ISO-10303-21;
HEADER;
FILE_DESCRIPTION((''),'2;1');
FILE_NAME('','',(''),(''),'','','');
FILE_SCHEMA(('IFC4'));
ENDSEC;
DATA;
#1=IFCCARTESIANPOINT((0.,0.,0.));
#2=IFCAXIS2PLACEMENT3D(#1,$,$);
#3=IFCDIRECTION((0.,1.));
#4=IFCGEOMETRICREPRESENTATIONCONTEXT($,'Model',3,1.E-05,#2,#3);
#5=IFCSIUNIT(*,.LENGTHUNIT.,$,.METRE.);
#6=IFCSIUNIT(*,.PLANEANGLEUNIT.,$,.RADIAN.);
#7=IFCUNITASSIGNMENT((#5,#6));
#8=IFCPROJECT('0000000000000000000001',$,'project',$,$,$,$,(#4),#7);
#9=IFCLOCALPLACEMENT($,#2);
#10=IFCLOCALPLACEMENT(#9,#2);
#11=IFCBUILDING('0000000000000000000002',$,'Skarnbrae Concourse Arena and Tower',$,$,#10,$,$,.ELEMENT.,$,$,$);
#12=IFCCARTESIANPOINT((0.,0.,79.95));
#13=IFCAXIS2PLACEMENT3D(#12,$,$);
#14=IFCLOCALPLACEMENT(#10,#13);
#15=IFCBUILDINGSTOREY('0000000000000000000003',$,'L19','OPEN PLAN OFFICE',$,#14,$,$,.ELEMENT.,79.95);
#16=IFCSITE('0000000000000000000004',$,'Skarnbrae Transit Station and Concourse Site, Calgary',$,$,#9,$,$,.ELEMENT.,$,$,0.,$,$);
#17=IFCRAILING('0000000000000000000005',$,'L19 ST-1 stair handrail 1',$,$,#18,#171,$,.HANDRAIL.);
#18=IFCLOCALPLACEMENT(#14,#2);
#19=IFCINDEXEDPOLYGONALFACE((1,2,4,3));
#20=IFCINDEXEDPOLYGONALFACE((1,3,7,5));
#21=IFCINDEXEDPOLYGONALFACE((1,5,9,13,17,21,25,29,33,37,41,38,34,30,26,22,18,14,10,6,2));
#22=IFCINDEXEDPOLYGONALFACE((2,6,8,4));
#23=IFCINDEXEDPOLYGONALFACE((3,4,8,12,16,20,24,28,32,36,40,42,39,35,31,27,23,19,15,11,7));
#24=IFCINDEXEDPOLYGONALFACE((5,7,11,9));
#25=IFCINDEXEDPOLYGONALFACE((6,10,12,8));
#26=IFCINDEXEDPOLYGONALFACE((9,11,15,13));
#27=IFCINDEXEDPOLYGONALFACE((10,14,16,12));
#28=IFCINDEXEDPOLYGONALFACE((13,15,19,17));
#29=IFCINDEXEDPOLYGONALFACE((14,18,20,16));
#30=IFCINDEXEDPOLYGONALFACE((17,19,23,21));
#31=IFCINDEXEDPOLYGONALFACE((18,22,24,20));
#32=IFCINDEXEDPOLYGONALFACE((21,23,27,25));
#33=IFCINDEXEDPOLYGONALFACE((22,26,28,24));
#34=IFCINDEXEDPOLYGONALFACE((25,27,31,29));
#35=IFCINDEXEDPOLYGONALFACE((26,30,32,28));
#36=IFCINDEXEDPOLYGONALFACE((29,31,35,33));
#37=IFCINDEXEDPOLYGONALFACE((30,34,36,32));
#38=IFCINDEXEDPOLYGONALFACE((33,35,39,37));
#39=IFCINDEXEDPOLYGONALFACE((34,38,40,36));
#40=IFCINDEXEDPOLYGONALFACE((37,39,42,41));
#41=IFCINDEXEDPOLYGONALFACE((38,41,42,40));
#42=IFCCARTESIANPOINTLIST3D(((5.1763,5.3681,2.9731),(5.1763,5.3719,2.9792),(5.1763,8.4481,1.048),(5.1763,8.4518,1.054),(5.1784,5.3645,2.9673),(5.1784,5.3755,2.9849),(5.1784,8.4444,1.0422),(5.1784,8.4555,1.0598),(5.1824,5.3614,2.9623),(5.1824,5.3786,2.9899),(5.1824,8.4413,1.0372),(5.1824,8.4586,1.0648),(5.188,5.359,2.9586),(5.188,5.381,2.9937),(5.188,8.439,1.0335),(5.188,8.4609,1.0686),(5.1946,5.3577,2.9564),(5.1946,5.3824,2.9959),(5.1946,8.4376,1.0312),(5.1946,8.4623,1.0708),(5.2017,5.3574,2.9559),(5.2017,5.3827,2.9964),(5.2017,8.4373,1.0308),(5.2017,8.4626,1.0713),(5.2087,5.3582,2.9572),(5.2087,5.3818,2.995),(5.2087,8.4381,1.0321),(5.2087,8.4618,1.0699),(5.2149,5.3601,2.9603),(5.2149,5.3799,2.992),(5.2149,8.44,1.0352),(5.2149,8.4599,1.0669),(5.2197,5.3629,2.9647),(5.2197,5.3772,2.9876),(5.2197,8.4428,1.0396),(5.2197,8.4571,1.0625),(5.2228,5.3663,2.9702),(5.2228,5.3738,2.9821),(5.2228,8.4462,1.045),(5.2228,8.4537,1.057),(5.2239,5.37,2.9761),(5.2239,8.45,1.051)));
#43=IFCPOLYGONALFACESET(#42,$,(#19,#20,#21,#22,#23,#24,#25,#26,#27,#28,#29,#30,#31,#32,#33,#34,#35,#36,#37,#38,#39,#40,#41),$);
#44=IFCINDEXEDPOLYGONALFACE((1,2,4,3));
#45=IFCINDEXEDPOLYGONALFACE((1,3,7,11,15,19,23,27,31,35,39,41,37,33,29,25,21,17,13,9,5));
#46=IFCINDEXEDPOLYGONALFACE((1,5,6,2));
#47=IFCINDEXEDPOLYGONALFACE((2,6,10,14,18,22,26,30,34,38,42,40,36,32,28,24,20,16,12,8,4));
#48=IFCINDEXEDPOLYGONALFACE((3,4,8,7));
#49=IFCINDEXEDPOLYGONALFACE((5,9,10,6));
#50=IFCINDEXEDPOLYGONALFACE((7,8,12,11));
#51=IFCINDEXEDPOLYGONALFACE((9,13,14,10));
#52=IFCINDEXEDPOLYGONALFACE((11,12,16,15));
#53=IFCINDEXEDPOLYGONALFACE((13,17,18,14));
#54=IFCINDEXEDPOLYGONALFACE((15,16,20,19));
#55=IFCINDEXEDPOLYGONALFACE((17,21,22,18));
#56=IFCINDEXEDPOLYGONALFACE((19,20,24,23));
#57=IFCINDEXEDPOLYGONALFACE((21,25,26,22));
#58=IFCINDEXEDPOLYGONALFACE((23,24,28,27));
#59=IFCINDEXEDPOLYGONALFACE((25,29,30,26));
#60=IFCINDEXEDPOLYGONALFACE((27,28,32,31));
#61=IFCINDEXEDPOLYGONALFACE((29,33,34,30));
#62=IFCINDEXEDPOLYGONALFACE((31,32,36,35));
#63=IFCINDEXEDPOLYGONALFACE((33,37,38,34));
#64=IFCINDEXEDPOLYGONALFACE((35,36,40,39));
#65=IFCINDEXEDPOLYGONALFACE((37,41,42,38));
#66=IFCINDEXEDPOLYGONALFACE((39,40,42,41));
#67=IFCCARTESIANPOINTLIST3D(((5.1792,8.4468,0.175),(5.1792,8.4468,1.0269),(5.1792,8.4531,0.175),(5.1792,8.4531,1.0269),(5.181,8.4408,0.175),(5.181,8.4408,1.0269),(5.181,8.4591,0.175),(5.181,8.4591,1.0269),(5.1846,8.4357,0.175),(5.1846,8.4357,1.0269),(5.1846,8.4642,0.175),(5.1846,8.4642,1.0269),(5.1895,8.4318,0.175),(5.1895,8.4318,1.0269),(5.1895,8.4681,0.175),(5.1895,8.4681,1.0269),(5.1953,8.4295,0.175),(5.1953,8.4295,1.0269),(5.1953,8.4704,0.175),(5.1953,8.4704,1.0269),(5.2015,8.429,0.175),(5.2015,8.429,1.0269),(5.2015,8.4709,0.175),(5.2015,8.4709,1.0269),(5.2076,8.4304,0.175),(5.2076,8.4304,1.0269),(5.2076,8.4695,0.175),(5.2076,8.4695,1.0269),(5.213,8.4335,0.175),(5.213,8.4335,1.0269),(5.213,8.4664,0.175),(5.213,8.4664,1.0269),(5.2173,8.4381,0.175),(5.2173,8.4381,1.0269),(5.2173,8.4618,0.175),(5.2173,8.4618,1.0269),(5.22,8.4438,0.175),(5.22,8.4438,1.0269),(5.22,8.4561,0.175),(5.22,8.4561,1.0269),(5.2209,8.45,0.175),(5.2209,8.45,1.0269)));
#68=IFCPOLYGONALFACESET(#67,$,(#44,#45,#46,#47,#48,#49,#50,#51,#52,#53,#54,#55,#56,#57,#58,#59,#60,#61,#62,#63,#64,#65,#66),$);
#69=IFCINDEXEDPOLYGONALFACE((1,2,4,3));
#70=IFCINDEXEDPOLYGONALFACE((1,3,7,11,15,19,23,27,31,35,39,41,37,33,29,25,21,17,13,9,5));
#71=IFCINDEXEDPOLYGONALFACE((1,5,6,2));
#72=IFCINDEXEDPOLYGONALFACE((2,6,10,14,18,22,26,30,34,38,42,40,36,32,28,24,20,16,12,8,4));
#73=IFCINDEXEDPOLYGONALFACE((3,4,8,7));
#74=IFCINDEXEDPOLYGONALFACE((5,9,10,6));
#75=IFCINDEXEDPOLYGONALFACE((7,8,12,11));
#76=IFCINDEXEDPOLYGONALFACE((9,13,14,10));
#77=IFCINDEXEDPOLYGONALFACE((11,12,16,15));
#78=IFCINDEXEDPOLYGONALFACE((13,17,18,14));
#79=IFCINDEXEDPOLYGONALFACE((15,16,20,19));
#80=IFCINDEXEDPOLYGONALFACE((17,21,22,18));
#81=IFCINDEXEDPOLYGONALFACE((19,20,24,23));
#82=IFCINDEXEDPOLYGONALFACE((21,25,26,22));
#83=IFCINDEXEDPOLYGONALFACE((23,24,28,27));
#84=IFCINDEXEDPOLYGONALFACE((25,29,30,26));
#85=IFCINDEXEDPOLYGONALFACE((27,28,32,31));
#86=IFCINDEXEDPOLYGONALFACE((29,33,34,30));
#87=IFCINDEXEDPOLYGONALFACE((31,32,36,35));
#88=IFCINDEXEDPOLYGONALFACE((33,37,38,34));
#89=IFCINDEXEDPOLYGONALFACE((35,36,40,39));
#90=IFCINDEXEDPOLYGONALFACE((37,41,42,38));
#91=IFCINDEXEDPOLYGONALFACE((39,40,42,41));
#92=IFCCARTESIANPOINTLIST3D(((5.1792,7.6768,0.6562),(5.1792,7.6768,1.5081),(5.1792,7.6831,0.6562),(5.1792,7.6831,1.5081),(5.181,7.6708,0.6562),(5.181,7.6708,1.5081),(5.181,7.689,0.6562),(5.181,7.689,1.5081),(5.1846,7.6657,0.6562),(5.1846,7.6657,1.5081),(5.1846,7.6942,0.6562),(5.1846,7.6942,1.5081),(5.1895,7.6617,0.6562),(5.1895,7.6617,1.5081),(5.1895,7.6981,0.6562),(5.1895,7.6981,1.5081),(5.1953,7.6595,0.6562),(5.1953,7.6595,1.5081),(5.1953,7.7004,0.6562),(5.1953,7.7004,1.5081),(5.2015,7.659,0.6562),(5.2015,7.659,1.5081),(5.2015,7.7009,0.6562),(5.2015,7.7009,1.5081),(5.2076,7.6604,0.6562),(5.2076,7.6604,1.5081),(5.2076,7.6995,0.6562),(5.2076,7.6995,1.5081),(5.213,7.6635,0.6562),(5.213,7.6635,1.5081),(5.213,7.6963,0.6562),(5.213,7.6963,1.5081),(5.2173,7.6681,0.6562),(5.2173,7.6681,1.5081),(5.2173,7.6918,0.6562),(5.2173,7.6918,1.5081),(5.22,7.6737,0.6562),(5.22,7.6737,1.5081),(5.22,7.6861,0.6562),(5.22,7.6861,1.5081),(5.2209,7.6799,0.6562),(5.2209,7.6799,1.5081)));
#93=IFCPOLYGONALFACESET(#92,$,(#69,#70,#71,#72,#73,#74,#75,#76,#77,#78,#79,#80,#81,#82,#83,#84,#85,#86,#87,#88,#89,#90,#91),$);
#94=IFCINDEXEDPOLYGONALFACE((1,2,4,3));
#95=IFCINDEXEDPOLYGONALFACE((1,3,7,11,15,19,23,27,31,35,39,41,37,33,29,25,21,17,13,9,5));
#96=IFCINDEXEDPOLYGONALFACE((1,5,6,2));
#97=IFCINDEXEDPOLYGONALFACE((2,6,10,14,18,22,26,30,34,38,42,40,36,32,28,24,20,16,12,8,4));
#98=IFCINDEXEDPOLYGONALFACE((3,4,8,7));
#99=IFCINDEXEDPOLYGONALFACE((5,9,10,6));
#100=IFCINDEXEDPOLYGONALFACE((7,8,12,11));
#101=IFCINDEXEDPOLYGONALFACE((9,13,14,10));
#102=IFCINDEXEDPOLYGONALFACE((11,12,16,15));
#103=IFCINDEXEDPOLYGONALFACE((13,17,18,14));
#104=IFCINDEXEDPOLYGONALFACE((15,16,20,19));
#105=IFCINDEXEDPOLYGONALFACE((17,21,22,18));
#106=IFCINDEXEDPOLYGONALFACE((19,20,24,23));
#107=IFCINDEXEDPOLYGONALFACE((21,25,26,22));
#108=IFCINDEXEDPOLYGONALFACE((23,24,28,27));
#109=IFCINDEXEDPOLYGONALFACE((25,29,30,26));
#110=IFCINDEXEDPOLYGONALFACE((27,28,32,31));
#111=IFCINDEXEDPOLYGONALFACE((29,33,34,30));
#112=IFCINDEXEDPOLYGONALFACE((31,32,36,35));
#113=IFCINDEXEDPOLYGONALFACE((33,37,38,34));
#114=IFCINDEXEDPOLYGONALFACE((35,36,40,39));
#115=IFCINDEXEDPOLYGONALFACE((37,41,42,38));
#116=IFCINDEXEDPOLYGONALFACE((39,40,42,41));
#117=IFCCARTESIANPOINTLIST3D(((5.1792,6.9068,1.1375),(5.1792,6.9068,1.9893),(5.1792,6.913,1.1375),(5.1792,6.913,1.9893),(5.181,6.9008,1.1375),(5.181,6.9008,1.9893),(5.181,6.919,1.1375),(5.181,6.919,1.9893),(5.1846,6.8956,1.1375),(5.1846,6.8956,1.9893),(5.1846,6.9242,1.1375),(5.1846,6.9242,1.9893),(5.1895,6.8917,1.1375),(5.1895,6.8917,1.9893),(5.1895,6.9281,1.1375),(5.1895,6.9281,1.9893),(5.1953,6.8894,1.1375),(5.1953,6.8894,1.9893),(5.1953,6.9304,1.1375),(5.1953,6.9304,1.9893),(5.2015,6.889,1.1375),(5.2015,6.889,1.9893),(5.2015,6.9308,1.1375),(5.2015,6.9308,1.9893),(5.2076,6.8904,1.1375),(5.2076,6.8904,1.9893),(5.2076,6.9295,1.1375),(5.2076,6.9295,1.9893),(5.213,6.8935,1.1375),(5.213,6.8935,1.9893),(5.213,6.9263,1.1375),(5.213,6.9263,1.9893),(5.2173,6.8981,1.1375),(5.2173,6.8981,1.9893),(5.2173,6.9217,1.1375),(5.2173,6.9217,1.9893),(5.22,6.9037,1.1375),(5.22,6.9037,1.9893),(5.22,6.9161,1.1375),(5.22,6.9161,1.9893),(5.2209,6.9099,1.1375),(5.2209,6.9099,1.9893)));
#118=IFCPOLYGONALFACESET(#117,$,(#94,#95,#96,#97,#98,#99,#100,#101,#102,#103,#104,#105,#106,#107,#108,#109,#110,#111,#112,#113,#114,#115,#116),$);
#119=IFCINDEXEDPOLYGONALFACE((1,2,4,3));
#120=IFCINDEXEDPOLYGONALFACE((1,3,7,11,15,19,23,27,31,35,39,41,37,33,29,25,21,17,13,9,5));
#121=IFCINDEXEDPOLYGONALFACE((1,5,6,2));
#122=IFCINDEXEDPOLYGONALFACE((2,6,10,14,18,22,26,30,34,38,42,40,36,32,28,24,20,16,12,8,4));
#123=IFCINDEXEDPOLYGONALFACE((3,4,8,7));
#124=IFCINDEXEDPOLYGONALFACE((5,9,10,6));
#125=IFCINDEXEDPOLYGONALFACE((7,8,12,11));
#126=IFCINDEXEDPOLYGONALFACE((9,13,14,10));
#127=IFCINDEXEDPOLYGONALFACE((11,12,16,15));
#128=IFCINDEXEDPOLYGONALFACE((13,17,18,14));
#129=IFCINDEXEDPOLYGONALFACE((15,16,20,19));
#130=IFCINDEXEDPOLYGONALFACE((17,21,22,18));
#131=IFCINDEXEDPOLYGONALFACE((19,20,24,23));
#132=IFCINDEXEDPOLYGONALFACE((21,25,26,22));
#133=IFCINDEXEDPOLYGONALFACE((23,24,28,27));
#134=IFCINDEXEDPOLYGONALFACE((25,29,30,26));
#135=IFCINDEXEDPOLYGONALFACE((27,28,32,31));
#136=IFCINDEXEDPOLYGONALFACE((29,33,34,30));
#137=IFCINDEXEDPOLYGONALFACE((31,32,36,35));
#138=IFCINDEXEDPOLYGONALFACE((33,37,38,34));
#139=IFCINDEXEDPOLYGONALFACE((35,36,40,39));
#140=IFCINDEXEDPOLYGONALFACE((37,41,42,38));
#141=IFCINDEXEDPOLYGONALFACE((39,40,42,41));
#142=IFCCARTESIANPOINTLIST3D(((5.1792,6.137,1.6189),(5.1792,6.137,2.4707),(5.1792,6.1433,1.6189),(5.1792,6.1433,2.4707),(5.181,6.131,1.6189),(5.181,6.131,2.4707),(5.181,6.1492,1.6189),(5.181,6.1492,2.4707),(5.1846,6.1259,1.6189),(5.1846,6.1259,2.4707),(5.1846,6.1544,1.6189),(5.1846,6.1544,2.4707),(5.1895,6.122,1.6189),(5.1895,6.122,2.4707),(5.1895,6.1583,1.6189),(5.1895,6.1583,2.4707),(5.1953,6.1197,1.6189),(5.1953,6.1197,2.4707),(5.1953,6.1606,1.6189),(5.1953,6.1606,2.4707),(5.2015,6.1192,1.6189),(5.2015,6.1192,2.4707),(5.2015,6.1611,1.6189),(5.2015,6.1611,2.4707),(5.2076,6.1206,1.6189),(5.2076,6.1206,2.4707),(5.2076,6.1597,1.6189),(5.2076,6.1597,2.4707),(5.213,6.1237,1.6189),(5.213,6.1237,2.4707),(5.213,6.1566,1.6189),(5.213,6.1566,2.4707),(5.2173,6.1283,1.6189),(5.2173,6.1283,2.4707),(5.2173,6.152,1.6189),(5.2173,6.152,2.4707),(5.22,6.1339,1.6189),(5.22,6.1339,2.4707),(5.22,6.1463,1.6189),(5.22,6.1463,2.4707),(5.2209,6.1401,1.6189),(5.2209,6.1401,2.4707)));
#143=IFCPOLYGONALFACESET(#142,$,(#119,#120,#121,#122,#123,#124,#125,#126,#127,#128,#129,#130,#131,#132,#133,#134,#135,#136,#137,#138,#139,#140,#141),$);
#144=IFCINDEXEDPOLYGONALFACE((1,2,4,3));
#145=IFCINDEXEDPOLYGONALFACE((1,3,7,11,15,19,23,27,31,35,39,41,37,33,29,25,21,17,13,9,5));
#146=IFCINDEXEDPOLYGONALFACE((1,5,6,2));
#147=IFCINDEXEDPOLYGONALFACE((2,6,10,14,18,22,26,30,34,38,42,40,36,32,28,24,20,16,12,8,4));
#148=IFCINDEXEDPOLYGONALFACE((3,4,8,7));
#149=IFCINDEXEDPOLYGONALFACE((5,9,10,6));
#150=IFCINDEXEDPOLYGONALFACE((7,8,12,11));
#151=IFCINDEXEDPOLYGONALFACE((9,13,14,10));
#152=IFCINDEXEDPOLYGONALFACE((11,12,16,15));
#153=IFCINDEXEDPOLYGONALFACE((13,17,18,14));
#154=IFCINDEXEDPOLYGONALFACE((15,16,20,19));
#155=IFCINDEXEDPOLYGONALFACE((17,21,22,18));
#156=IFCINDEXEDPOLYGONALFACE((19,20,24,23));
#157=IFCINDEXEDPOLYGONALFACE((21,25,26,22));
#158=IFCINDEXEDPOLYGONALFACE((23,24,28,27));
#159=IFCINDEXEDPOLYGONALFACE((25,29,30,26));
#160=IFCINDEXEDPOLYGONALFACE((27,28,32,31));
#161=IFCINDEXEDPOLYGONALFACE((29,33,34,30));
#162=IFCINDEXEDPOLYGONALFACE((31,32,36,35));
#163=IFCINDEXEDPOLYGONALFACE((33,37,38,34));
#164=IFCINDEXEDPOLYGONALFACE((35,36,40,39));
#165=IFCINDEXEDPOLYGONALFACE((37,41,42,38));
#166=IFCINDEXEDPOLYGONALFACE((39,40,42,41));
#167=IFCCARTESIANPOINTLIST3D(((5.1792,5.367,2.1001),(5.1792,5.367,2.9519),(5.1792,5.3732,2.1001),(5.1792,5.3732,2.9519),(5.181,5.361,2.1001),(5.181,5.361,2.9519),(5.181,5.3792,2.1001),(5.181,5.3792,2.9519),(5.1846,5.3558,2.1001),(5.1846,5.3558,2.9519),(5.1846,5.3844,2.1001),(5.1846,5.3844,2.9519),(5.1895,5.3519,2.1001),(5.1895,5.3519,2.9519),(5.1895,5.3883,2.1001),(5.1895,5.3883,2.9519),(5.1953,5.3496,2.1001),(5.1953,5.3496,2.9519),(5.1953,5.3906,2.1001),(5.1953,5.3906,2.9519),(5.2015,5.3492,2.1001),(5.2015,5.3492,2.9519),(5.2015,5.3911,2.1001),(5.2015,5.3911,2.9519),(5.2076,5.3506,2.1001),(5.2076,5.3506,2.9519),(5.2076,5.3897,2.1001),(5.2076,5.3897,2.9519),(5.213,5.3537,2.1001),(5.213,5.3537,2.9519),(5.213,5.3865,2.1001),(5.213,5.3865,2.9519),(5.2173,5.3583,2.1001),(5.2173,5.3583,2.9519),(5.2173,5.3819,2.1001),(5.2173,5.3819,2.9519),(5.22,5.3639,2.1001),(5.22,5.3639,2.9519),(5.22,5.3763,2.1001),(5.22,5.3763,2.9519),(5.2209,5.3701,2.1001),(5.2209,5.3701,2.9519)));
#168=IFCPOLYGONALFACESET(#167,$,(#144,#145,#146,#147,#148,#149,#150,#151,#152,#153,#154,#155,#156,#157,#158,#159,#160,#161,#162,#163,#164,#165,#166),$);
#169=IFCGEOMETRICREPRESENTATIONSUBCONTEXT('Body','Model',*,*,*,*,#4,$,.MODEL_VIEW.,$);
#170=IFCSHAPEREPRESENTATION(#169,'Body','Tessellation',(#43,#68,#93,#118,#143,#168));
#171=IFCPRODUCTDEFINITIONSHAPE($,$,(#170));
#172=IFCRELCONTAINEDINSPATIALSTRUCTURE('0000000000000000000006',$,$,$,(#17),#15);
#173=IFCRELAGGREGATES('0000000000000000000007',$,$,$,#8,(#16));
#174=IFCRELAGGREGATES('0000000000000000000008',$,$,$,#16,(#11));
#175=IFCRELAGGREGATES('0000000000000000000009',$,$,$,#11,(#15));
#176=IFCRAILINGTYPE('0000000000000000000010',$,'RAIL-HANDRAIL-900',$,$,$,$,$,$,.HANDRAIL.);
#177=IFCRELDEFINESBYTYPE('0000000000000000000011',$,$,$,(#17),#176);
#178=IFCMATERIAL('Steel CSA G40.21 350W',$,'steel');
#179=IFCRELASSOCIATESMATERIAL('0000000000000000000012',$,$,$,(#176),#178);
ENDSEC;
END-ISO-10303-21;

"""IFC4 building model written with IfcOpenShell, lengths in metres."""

from ifc_helpers import new_model, si_unit, direction, frame, origin, origin_2d, place, context, subcontext, project, spatial, circle, extrude, material, type_object, element, save


model = new_model("IFC4")

# Units and contexts
model_context = context("Model", 3, precision=1e-05, world=origin(), true_north=direction((0.0, 1.0)))
body_context = subcontext(model_context, "Body", "Model", "MODEL_VIEW")
ifc_project = project(units=[si_unit("LENGTHUNIT", "METRE"), si_unit("PLANEANGLEUNIT", "RADIAN")], contexts=[model_context])

# Site, building, storey
site_placement = place(None, origin())
site = spatial("IfcSite", under=ifc_project, at=site_placement, Name="Skarnbrae Transit Station and Concourse Site, Calgary", CompositionType="ELEMENT", RefElevation=0.0)
building_placement = place(site_placement, origin())
building = spatial("IfcBuilding", under=site, at=building_placement, Name="Skarnbrae Concourse Arena and Tower", CompositionType="ELEMENT")
storey_placement = place(building_placement, frame((0.0, 0.0, 79.95)))
storey = spatial("IfcBuildingStorey", under=building, at=storey_placement, Name="L19", Description="OPEN PLAN OFFICE", CompositionType="ELEMENT", Elevation=79.95)

# Shared definitions
ifc_material_1 = material(Name="Steel CSA G40.21 350W", Category="steel")

# Railing
railing_type_1 = type_object("IfcRailingType", Name="RAIL-HANDRAIL-900", PredefinedType="HANDRAIL", material=ifc_material_1)
railing_1_placement = place(storey_placement, frame((5.2, 8.45, 0.175)))
element("IfcRailing", 1, at=railing_1_placement, inside=storey, type_object=railing_type_1, Name="L19 ST-1 stair handrail 1", PredefinedType="HANDRAIL", context=body_context, shape_type="SweptSolid", body=[
    extrude(circle(Radius=0.0239, at=origin_2d()), frame((0.0, 0.0, 0.876), z_axis=(0.0, -0.847979, 0.530029), x_axis=(1.0, 0.0, 0.0)), (0.0, 0.0, 1.0), 3.6321),
    extrude(circle(Radius=0.021, at=origin_2d()), origin(), (0.0, 0.0, 1.0), 0.8518),
    extrude(circle(Radius=0.021, at=origin_2d()), frame((0.0, -0.77, 0.4812)), (0.0, 0.0, 1.0), 0.8518),
    extrude(circle(Radius=0.021, at=origin_2d()), frame((0.0, -1.54, 0.9624)), (0.0, 0.0, 1.0), 0.8518),
    extrude(circle(Radius=0.021, at=origin_2d()), frame((0.0, -2.3098, 1.4438)), (0.0, 0.0, 1.0), 0.8518),
    extrude(circle(Radius=0.021, at=origin_2d()), frame((0.0, -3.0798, 1.925)), (0.0, 0.0, 1.0), 0.8518),
])

save(model, "model.ifc")
